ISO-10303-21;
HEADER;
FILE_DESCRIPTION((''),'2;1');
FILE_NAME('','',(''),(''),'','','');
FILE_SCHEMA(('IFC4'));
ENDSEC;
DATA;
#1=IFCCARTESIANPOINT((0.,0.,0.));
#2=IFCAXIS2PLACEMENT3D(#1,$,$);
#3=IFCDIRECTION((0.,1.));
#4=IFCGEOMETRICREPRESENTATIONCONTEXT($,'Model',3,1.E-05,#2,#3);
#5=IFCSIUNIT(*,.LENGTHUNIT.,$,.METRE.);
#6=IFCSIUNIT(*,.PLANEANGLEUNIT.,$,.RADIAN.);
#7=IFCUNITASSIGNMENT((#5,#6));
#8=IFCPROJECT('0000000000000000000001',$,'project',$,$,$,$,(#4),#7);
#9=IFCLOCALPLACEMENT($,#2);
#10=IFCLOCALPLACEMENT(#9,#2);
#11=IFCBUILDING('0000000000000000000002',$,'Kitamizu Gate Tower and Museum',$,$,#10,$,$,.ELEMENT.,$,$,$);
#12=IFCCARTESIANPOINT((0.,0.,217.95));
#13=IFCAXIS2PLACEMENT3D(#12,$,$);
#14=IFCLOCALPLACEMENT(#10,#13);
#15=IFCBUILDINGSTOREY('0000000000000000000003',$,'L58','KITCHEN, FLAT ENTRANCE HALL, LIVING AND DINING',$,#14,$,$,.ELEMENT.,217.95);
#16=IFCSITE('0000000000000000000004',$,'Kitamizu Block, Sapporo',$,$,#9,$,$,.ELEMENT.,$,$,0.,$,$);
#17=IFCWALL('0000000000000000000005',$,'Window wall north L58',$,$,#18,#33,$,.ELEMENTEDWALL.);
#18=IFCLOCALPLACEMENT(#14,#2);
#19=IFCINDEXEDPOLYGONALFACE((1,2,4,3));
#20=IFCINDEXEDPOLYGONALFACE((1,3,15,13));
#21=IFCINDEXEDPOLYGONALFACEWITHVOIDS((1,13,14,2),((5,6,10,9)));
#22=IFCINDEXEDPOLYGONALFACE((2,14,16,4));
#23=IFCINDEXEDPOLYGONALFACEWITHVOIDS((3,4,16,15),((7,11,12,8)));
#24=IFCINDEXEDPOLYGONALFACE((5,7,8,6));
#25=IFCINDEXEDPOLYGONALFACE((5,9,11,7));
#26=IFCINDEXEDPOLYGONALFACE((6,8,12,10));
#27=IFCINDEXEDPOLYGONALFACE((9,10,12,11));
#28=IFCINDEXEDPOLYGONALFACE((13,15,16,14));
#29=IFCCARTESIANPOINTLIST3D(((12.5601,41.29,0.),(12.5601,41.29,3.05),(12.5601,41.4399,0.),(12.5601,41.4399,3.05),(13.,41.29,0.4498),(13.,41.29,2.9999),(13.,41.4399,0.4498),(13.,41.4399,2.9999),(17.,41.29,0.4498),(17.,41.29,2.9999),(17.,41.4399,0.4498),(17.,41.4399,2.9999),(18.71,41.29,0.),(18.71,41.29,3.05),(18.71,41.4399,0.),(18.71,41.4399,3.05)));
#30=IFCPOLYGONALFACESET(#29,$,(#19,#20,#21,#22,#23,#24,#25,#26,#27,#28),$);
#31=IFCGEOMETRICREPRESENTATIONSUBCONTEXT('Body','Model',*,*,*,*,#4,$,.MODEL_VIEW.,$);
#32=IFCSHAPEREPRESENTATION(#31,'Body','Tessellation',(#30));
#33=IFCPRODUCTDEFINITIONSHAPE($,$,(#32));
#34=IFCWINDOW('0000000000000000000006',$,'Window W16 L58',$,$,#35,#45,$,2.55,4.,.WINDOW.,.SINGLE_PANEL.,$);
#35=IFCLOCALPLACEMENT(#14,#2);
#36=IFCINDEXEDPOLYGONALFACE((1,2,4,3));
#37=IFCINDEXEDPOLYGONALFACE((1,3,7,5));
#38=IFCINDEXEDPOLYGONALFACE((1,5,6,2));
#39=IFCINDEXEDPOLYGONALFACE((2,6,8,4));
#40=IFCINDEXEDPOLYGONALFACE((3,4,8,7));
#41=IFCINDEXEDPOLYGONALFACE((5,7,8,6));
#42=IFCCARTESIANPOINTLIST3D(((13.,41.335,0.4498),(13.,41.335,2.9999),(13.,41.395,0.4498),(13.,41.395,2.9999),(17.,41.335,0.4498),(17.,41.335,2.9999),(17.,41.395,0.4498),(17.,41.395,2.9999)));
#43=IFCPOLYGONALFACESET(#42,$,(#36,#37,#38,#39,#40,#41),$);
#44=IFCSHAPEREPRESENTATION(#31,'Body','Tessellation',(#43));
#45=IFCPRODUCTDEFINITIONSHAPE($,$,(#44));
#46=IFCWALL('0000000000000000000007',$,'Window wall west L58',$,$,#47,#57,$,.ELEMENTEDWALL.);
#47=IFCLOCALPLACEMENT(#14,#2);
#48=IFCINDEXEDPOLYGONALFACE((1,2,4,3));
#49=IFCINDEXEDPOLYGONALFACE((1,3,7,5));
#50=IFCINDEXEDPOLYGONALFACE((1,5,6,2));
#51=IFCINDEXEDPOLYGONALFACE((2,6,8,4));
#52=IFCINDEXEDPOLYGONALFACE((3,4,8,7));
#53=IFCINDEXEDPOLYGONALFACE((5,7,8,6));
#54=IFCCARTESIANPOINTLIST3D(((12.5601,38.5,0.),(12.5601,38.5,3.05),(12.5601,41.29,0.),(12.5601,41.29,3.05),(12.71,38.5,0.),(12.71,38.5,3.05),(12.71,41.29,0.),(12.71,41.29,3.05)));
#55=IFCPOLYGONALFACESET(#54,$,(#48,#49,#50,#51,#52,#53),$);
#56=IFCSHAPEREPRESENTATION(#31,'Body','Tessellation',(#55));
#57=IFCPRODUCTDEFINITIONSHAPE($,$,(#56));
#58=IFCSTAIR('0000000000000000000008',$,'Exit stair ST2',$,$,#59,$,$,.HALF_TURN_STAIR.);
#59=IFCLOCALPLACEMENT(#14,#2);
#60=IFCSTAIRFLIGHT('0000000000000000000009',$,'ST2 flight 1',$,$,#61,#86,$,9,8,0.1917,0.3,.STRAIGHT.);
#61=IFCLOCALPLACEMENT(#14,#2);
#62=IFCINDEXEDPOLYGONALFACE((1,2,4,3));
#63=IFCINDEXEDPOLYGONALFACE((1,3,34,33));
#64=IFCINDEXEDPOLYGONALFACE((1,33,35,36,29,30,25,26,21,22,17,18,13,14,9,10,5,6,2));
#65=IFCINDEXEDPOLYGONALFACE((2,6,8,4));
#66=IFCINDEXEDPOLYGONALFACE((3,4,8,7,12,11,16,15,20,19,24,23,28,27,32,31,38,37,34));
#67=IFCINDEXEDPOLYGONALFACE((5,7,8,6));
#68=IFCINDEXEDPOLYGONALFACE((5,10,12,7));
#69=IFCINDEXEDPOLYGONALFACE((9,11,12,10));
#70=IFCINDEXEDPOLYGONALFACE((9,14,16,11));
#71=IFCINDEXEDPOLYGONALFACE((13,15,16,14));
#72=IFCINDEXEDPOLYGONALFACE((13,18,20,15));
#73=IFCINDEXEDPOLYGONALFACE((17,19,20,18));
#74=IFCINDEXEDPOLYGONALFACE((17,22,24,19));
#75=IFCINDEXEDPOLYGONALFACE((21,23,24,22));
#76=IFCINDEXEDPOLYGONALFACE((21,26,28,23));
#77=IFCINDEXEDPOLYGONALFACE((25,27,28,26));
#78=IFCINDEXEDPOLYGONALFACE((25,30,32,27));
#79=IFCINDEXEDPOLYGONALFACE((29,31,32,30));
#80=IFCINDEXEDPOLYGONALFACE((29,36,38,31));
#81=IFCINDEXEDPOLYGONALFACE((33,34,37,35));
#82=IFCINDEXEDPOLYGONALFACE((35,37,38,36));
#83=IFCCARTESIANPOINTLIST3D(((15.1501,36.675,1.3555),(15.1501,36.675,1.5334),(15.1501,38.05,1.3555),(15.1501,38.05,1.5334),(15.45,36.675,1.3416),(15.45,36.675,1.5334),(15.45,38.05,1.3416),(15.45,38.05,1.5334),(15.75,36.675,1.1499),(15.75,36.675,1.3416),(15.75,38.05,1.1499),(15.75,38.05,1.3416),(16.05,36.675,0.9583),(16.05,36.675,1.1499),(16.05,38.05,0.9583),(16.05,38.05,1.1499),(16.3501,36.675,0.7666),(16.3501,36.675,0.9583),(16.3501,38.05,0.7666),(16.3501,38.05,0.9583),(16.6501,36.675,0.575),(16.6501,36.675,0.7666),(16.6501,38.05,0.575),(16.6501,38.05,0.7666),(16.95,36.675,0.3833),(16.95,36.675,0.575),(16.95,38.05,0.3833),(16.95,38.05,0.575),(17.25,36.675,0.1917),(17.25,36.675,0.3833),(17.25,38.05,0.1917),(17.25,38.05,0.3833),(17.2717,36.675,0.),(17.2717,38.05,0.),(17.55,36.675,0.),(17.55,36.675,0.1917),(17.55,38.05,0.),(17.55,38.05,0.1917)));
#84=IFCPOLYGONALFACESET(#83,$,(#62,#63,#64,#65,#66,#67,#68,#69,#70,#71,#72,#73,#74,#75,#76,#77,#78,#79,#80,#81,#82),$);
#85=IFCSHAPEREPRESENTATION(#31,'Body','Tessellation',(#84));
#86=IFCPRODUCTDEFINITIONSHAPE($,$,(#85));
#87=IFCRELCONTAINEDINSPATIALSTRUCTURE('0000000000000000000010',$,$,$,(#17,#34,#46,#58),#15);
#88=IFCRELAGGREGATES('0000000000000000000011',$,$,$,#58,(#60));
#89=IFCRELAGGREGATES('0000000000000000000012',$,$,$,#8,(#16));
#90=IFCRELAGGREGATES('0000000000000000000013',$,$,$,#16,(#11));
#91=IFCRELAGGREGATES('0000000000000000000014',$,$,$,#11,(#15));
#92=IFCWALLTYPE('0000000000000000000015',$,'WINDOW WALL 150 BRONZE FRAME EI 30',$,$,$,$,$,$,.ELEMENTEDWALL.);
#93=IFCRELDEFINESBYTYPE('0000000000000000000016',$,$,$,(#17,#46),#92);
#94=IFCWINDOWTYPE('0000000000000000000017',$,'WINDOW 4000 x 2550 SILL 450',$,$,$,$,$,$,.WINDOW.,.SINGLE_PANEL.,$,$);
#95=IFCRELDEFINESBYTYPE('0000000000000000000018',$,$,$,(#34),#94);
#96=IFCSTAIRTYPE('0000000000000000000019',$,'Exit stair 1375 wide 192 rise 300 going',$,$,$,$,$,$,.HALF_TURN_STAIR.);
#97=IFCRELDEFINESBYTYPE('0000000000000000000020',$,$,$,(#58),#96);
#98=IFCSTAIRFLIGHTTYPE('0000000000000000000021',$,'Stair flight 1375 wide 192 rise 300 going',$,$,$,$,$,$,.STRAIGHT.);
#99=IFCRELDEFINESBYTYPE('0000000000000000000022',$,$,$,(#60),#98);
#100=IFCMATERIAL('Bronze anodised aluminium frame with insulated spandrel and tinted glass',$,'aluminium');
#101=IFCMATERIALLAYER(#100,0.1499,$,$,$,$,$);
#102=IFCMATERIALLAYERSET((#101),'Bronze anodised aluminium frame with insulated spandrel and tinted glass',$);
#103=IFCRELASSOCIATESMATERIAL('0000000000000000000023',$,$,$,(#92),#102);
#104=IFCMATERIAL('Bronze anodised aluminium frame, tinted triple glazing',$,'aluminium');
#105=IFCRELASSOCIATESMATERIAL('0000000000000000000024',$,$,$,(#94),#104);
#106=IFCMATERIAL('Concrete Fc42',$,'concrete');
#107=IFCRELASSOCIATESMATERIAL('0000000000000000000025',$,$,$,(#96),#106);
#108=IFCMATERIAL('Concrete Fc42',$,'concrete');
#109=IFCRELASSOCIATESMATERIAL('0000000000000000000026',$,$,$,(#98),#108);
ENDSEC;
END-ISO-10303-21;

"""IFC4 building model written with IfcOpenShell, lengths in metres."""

from ifc_helpers import new_model, si_unit, direction, frame, frame_2d, origin, place, context, subcontext, project, spatial, polyline, rectangle, outline, extrude, material, layer, layer_set, type_object, element, fill, aggregate, save


model = new_model("IFC4")

# Units and contexts
model_context = context("Model", 3, precision=1e-05, world=origin(), true_north=direction((0.0, 1.0)))
body_context = subcontext(model_context, "Body", "Model", "MODEL_VIEW")
ifc_project = project(units=[si_unit("LENGTHUNIT", "METRE"), si_unit("PLANEANGLEUNIT", "RADIAN")], contexts=[model_context])

# Site, building, storey
site_placement = place(None, origin())
site = spatial("IfcSite", under=ifc_project, at=site_placement, Name="Kitamizu Block, Sapporo", CompositionType="ELEMENT", RefElevation=0.0)
building_placement = place(site_placement, origin())
building = spatial("IfcBuilding", under=site, at=building_placement, Name="Kitamizu Gate Tower and Museum", CompositionType="ELEMENT")
storey_placement = place(building_placement, frame((0.0, 0.0, 217.95)))
storey = spatial("IfcBuildingStorey", under=building, at=storey_placement, Name="L58", Description="KITCHEN, FLAT ENTRANCE HALL, LIVING AND DINING", CompositionType="ELEMENT", Elevation=217.95)

# Shared definitions
ifc_material_1 = material(Name="Bronze anodised aluminium frame with insulated spandrel and tinted glass", Category="aluminium")
ifc_layer_1 = layer(ifc_material_1, 0.1499)
ifc_layer_set_1 = layer_set([ifc_layer_1], Name="Bronze anodised aluminium frame with insulated spandrel and tinted glass")
wall_type_1 = type_object("IfcWallType", Name="WINDOW WALL 150 BRONZE FRAME EI 30", PredefinedType="ELEMENTEDWALL", material=ifc_layer_set_1)

# Wall, opening, window
ifc_material_2 = material(Name="Bronze anodised aluminium frame, tinted triple glazing", Category="aluminium")
window_type_1 = type_object("IfcWindowType", Name="WINDOW 4000 x 2550 SILL 450", PartitioningType="SINGLE_PANEL", PredefinedType="WINDOW", material=ifc_material_2)
wall_1_placement = place(storey_placement, frame((12.5601, 41.365, 0.0), z_axis=(0.0, 0.0, 1.0), x_axis=(1.0, 0.0, 0.0)))
wall_1 = element("IfcWall", 1, at=wall_1_placement, inside=storey, type_object=wall_type_1, Name="Window wall north L58", PredefinedType="ELEMENTEDWALL", context=body_context, shape_type="SweptSolid", body=[
    extrude(rectangle(XDim=6.1499, YDim=0.1499, at=frame_2d((3.075, 0.0))), origin(), (0.0, 0.0, 1.0), 3.05),
])
opening_1_placement = place(wall_1_placement, frame((0.4399, 0.0, 0.45)))
opening_1 = element("IfcOpeningElement", 2, at=opening_1_placement, cuts=wall_1, PredefinedType="OPENING", context=body_context, shape_type="SweptSolid", body=[
    extrude(rectangle(XDim=4.0, YDim=2.55, at=frame_2d((2.0, 1.2749))), frame((0.0, 0.085, 0.0), z_axis=(0.0, -1.0, 0.0), x_axis=(1.0, 0.0, 0.0)), (0.0, 0.0, 1.0), 0.1699),
])
window_1_placement = place(opening_1_placement, origin())
window_1 = element("IfcWindow", 3, at=window_1_placement, inside=storey, type_object=window_type_1, Name="Window W16 L58", OverallHeight=2.55, OverallWidth=4.0, PartitioningType="SINGLE_PANEL", PredefinedType="WINDOW", context=body_context, shape_type="SweptSolid", body=[
    extrude(rectangle(XDim=4.0, YDim=2.55, at=frame_2d((2.0, 1.2749))), frame((0.0, 0.03, 0.0), z_axis=(0.0, -1.0, 0.0), x_axis=(1.0, 0.0, 0.0)), (0.0, 0.0, 1.0), 0.0601),
])
fill(opening_1, window_1)

# Wall
wall_2_placement = place(storey_placement, frame((12.635, 38.5, 0.0), z_axis=(0.0, 0.0, 1.0), x_axis=(0.0, 1.0, 0.0)))
element("IfcWall", 4, at=wall_2_placement, inside=storey, type_object=wall_type_1, Name="Window wall west L58", PredefinedType="ELEMENTEDWALL", context=body_context, shape_type="SweptSolid", body=[
    extrude(rectangle(XDim=2.79, YDim=0.1499, at=frame_2d((1.395, 0.0))), origin(), (0.0, 0.0, 1.0), 3.05),
])

# Stair, stair flight
ifc_material_3 = material(Name="Concrete Fc42", Category="concrete")
stair_type = type_object("IfcStairType", Name="Exit stair 1375 wide 192 rise 300 going", PredefinedType="HALF_TURN_STAIR", material=ifc_material_3)
stair_placement = place(storey_placement, origin())
stair = element("IfcStair", 5, at=stair_placement, inside=storey, type_object=stair_type, Name="Exit stair ST2", PredefinedType="HALF_TURN_STAIR")
ifc_material_4 = material(Name="Concrete Fc42", Category="concrete")
stair_flight_type = type_object("IfcStairFlightType", Name="Stair flight 1375 wide 192 rise 300 going", PredefinedType="STRAIGHT", material=ifc_material_4)
stair_flight_placement = place(storey_placement, frame((17.55, 37.3625, 0.0), z_axis=(0.0, 0.0, 1.0), x_axis=(-1.0, 0.0, 0.0)))
stair_flight = element("IfcStairFlight", 6, at=stair_flight_placement, type_object=stair_flight_type, Name="ST2 flight 1", NumberOfRisers=9, NumberOfTreads=8, PredefinedType="STRAIGHT", RiserHeight=0.1917, TreadLength=0.3, context=body_context, shape_type="SweptSolid", body=[
    extrude(outline(polyline([(0.0, 0.0), (0.0, 0.1917), (0.3, 0.1917), (0.3, 0.3833), (0.6001, 0.3833), (0.6001, 0.575), (0.8999, 0.575), (0.8999, 0.7666), (1.2, 0.7666), (1.2, 0.9583), (1.5, 0.9583), (1.5, 1.1499), (1.8, 1.1499), (1.8, 1.3416), (2.1001, 1.3416), (2.1001, 1.5334), (2.3999, 1.5334), (2.3999, 1.7251), (2.3999, 1.3555), (0.2783, 0.0), (0.0, 0.0)])), frame((0.0, 0.6875, 0.0), z_axis=(0.0, -1.0, 0.0), x_axis=(1.0, 0.0, 0.0)), (0.0, 0.0, 1.0), 1.375),
])
aggregate(stair, [stair_flight])

save(model, "model.ifc")
